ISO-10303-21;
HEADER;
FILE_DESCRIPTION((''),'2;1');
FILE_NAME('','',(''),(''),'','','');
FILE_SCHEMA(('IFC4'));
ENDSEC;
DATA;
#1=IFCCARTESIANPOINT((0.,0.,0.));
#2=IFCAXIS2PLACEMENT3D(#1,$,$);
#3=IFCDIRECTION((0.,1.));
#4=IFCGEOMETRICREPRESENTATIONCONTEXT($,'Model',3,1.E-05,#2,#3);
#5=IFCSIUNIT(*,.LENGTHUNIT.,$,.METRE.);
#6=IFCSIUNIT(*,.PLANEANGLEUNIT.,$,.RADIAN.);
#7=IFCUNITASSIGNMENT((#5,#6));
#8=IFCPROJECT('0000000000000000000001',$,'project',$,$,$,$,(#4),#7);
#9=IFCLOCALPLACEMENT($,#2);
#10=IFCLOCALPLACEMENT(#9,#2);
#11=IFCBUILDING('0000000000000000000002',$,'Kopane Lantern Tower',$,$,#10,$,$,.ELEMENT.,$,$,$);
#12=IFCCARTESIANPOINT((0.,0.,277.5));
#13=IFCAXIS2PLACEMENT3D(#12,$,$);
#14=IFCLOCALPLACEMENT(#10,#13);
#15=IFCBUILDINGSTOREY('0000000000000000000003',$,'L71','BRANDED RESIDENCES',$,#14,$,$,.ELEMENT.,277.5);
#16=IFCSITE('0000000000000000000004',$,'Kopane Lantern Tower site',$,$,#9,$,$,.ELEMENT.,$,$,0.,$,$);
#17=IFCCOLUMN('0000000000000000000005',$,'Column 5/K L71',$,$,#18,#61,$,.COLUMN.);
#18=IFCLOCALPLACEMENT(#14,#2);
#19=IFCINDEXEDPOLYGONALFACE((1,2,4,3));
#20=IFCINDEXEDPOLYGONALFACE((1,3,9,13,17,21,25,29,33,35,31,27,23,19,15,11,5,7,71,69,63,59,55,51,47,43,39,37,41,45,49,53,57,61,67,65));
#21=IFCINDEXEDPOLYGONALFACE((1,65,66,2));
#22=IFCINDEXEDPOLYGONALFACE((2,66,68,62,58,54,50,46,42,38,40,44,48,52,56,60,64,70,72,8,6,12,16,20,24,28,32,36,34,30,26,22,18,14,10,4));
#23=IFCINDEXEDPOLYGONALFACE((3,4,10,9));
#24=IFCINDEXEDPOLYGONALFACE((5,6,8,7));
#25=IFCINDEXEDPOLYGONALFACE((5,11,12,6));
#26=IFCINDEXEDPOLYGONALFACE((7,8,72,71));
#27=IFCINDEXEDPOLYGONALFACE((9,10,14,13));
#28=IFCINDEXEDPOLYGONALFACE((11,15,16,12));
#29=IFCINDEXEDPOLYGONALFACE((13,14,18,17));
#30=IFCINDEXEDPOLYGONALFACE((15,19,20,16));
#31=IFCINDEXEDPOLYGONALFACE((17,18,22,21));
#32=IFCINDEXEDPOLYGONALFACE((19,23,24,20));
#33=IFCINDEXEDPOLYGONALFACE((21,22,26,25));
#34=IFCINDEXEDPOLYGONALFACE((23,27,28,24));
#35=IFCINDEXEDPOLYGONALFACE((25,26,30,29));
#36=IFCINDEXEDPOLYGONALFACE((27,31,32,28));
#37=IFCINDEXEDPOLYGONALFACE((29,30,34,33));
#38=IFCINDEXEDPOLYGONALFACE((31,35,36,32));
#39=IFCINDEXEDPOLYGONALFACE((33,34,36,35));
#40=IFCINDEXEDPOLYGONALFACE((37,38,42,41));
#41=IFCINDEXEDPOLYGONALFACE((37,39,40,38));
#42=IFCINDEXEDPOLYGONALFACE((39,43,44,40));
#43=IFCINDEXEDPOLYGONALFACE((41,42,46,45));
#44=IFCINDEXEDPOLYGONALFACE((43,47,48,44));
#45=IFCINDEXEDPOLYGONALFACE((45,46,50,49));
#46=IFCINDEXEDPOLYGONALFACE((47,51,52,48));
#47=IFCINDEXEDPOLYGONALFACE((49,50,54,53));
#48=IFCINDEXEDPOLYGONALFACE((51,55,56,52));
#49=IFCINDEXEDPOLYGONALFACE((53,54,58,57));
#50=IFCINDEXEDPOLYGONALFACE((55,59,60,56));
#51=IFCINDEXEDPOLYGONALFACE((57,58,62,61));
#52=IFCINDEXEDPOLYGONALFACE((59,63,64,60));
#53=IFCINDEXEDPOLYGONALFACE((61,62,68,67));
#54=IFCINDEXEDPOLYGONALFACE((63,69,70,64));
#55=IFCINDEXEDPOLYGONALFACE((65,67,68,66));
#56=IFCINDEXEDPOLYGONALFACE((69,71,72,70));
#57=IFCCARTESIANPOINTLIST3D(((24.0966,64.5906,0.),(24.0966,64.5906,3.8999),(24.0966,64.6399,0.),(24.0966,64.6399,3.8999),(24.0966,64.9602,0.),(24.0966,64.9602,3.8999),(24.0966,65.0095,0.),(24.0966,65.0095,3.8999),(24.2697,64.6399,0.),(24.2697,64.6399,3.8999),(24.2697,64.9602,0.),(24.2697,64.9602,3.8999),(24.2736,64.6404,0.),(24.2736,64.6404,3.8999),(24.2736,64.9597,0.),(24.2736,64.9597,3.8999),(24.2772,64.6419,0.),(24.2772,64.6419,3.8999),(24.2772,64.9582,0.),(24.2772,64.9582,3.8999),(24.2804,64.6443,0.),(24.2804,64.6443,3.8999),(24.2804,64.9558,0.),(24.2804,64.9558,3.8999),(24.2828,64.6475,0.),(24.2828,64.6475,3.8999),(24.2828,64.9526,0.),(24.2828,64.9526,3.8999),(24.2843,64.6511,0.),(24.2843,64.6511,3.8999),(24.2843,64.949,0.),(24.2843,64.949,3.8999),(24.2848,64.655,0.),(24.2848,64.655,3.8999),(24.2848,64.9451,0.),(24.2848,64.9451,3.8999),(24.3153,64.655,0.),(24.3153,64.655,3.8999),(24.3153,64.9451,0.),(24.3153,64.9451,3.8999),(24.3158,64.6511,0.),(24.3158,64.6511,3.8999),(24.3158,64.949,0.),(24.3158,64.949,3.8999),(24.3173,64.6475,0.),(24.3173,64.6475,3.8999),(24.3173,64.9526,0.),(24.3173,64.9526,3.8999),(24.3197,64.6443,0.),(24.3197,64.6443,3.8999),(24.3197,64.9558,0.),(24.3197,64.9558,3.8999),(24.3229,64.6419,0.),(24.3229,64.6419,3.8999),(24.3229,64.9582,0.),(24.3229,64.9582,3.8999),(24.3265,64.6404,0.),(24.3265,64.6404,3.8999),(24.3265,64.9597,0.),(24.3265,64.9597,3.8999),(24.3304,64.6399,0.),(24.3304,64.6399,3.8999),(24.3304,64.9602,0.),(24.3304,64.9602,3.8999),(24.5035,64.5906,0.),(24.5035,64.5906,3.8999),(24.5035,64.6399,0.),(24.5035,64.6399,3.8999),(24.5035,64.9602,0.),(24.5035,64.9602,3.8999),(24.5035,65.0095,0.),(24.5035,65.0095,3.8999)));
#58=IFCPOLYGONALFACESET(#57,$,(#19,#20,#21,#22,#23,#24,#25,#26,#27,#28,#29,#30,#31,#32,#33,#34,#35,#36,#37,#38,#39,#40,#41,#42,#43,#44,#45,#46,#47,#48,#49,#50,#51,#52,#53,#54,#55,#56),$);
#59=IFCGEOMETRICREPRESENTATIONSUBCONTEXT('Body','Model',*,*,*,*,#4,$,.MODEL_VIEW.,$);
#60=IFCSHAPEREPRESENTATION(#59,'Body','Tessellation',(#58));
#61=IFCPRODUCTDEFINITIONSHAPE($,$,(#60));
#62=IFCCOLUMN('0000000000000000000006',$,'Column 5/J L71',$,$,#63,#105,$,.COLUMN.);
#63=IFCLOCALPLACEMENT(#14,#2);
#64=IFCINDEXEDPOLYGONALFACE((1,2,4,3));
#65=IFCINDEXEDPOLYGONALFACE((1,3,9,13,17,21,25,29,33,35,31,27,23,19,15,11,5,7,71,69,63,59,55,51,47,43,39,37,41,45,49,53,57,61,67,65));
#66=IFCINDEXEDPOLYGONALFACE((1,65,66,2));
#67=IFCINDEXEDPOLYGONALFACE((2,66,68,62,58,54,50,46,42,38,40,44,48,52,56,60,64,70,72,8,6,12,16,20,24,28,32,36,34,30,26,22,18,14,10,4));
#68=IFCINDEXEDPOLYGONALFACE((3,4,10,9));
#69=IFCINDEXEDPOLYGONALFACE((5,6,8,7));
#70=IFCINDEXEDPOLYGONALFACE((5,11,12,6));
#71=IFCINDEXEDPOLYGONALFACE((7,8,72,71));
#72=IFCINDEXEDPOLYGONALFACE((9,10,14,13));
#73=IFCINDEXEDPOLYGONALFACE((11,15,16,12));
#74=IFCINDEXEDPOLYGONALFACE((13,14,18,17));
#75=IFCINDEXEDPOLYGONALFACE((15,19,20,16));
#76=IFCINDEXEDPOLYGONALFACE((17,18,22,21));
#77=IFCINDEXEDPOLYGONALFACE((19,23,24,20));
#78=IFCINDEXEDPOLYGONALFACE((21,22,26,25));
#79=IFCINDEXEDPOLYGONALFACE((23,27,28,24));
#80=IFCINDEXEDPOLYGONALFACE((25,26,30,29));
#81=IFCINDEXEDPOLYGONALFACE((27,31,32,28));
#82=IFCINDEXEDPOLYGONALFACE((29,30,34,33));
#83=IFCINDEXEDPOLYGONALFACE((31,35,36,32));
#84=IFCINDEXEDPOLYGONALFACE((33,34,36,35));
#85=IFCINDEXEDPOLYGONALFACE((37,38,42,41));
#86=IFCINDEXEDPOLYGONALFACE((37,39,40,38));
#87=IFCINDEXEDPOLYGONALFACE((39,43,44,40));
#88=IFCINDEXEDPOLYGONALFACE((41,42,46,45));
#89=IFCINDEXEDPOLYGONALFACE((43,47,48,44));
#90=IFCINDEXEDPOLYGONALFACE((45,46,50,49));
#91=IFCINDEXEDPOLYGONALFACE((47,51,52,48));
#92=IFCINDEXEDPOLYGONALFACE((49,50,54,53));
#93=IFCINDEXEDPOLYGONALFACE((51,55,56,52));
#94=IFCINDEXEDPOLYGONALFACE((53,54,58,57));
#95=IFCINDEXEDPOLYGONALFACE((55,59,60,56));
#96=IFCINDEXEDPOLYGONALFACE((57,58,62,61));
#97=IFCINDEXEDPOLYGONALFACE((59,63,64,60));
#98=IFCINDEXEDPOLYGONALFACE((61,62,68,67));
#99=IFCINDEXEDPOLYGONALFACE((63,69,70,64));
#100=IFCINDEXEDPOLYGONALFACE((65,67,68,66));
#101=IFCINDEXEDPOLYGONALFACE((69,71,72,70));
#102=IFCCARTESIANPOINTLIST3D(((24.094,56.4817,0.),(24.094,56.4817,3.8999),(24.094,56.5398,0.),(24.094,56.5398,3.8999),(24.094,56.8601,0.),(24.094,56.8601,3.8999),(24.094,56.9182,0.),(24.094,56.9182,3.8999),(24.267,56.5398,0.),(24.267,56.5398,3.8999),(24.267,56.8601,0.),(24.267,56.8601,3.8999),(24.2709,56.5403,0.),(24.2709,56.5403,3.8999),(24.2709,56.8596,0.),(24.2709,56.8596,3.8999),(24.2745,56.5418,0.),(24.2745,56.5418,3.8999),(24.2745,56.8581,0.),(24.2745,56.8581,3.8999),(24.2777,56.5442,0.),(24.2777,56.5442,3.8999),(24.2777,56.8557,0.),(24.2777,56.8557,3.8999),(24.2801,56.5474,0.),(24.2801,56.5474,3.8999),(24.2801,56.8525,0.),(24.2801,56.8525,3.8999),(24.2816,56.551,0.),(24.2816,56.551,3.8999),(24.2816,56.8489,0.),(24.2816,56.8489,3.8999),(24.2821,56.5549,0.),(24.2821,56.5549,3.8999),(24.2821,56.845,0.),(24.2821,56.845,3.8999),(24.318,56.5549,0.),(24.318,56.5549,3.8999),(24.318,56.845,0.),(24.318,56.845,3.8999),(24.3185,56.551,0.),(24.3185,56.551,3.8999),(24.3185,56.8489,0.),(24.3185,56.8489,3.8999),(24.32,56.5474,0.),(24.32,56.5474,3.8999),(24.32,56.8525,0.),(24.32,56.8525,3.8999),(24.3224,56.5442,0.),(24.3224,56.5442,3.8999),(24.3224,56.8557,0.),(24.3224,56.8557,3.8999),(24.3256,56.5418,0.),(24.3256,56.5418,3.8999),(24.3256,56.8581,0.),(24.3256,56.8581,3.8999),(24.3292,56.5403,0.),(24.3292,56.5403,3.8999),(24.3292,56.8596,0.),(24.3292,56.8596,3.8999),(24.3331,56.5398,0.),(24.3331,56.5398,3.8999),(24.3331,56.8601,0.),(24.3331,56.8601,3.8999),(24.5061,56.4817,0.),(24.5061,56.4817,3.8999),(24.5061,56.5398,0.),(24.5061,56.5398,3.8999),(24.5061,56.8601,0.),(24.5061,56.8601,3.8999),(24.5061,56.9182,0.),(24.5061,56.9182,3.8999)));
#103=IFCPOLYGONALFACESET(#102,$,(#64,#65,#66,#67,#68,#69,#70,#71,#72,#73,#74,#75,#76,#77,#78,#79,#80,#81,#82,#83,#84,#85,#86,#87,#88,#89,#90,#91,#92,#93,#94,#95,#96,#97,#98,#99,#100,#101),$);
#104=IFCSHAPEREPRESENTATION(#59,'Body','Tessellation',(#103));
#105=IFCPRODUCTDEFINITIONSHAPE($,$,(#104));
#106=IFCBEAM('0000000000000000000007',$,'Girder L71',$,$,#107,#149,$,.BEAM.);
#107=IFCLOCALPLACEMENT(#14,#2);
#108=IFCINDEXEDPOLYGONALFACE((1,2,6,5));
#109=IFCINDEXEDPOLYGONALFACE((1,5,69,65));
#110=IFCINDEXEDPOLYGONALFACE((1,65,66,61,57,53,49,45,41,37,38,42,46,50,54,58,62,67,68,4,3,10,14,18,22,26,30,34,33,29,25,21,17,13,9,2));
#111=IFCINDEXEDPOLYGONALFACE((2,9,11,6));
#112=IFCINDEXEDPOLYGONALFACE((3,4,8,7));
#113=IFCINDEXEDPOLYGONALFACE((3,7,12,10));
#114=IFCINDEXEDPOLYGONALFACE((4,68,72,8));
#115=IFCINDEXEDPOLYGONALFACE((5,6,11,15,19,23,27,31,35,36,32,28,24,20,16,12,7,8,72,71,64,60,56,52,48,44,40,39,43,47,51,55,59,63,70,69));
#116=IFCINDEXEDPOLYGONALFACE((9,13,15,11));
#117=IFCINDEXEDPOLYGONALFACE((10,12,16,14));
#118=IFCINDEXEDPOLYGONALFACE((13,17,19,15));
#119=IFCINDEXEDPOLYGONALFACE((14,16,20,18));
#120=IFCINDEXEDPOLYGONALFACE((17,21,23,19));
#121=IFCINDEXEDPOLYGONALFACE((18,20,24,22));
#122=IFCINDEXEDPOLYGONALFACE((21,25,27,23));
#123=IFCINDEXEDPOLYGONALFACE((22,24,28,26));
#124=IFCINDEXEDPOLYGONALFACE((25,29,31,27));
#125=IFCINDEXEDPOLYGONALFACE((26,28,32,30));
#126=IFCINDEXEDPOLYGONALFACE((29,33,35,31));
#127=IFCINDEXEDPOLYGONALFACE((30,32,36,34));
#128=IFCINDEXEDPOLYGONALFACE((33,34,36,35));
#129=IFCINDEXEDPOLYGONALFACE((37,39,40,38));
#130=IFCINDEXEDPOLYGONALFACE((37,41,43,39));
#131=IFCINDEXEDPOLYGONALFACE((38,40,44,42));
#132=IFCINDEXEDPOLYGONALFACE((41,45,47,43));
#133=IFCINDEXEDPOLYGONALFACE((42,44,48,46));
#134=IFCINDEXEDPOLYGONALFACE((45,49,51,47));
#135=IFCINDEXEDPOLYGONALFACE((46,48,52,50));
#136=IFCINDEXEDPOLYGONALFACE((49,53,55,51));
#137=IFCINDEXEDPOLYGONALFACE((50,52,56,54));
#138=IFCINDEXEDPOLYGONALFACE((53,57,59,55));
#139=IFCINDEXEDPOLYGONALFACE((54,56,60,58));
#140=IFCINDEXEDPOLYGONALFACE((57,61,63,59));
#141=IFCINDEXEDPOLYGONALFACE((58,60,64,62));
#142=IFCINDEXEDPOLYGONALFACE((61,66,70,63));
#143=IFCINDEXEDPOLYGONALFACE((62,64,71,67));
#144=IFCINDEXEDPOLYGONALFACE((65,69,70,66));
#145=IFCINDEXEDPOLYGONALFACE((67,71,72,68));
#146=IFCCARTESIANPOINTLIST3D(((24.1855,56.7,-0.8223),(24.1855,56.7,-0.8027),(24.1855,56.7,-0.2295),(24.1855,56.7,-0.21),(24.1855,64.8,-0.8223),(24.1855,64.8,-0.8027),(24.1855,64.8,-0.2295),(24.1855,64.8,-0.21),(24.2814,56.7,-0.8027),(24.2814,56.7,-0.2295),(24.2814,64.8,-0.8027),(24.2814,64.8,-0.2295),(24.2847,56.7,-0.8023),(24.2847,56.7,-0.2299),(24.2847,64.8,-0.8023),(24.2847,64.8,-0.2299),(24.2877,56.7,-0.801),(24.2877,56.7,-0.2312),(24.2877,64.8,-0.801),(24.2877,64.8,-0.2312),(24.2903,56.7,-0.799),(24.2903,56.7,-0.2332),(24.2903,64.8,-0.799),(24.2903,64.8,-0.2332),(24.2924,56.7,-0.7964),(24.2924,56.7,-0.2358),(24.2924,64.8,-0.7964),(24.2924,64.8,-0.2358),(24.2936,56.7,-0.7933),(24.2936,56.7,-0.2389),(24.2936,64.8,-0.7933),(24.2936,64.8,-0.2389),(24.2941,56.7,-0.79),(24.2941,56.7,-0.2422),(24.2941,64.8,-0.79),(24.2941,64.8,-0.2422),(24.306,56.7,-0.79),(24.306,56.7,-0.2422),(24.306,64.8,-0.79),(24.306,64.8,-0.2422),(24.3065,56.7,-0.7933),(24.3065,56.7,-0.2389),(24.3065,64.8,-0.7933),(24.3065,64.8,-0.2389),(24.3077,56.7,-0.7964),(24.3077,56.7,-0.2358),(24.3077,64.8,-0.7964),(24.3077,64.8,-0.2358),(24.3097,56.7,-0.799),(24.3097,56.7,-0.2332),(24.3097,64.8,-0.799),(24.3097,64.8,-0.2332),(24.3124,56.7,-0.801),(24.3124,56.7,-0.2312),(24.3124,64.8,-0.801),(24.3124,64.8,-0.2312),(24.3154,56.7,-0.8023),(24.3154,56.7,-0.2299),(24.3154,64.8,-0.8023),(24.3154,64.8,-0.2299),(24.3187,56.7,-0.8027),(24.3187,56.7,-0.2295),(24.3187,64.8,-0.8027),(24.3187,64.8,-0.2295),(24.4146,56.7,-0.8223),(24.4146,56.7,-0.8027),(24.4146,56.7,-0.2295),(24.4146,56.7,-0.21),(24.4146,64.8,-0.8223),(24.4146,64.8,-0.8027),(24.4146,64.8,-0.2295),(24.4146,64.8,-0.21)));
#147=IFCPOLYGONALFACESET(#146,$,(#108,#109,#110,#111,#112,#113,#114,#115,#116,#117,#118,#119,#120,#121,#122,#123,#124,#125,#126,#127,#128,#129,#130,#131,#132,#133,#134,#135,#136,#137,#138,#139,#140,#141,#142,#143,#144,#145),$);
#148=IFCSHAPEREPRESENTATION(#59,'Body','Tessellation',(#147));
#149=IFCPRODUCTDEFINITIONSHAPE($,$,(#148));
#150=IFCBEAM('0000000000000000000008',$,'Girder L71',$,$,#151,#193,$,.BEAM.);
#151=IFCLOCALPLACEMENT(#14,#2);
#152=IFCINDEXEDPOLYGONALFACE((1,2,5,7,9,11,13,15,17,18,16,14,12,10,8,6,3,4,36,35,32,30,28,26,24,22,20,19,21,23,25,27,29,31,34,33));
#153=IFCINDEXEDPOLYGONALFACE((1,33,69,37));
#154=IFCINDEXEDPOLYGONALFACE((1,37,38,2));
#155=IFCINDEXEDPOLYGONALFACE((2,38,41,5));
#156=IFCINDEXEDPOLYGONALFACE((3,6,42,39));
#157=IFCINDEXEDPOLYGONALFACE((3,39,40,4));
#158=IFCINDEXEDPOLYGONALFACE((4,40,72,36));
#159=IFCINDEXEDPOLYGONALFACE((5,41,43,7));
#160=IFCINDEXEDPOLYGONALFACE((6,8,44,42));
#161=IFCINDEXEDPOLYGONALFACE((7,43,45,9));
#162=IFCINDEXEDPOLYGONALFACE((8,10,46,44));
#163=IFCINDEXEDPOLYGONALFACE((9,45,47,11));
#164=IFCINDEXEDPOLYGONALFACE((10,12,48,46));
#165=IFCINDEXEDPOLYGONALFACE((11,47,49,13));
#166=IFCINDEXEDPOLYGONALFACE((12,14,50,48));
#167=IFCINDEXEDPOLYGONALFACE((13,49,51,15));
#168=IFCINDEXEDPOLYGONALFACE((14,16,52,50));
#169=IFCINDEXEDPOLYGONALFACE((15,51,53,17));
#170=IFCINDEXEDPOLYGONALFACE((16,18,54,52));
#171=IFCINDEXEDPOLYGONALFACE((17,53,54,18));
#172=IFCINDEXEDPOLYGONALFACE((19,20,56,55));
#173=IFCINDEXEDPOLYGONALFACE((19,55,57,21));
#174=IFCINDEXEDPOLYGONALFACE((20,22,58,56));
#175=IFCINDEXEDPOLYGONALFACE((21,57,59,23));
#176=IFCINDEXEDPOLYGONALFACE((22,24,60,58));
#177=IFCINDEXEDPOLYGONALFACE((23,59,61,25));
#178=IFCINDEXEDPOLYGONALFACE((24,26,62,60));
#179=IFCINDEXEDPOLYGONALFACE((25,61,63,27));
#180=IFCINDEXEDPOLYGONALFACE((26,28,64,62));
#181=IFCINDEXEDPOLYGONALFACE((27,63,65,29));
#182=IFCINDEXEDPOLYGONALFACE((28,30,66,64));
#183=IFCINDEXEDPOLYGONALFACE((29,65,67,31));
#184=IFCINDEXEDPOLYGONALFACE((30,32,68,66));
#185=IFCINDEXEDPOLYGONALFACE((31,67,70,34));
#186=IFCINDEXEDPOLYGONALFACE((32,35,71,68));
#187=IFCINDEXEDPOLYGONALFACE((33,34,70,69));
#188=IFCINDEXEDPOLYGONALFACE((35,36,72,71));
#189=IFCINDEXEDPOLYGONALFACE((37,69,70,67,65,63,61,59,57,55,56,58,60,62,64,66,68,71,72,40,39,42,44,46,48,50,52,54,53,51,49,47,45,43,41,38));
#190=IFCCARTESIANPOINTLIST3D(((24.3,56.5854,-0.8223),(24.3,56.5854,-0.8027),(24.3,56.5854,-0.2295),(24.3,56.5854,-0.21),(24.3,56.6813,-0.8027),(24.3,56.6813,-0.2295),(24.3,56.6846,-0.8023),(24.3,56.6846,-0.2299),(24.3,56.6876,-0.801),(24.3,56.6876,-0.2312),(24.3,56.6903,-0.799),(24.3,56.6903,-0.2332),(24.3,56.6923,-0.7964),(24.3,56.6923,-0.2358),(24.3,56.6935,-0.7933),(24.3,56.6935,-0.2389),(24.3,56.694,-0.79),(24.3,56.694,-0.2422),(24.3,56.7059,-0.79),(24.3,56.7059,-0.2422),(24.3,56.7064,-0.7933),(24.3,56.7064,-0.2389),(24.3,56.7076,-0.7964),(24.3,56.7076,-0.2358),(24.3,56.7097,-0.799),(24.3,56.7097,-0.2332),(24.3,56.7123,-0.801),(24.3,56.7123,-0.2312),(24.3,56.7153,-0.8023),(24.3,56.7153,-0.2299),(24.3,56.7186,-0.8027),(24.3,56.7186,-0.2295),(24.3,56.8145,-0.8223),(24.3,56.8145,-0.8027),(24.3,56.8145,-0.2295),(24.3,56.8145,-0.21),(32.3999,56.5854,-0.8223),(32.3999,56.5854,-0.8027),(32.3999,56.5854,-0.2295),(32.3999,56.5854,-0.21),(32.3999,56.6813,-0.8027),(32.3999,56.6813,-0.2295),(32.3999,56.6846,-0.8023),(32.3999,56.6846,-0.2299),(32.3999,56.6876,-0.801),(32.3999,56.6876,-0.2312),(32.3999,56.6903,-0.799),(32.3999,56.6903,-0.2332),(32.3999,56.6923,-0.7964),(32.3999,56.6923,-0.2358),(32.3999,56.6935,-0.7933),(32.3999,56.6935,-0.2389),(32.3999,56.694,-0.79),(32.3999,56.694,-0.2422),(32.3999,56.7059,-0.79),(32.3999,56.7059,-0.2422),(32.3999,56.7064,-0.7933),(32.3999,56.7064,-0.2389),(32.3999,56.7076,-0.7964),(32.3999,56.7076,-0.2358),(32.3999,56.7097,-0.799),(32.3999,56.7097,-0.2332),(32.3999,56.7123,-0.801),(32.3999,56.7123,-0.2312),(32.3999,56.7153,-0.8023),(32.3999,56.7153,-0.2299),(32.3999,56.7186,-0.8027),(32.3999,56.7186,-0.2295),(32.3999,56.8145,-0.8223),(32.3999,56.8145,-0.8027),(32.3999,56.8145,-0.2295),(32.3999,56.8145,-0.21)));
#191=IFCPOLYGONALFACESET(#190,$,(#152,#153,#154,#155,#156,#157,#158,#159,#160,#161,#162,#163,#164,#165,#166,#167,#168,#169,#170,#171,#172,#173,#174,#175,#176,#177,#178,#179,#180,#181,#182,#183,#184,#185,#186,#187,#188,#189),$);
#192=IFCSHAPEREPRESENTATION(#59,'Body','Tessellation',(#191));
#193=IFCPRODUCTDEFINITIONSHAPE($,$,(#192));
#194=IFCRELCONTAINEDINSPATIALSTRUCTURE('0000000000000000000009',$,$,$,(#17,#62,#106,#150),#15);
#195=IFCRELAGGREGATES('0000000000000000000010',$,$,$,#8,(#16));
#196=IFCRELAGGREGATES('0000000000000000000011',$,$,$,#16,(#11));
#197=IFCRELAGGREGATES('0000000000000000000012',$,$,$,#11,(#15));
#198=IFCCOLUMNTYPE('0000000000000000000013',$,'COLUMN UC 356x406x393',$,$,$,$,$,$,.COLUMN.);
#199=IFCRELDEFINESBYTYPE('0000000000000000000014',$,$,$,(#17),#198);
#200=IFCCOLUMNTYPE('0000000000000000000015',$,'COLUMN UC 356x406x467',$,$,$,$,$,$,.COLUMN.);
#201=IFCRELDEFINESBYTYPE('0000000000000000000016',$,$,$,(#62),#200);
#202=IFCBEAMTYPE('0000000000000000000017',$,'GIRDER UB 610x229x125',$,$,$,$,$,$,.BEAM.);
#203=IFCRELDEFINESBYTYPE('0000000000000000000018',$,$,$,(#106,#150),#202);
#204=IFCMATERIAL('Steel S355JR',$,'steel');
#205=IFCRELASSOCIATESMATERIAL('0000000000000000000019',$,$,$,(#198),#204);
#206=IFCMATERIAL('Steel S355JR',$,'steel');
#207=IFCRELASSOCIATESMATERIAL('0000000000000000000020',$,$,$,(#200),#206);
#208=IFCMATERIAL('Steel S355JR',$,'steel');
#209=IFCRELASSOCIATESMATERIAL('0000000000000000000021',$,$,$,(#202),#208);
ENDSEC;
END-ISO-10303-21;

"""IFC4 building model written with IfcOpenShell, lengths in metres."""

from ifc_helpers import new_model, si_unit, direction, frame, origin, origin_2d, place, context, subcontext, project, spatial, i_section, extrude, material, material_profile, profile_set, type_object, element, save


model = new_model("IFC4")

# Units and contexts
model_context = context("Model", 3, precision=1e-05, world=origin(), true_north=direction((0.0, 1.0)))
body_context = subcontext(model_context, "Body", "Model", "MODEL_VIEW")
ifc_project = project(units=[si_unit("LENGTHUNIT", "METRE"), si_unit("PLANEANGLEUNIT", "RADIAN")], contexts=[model_context])

# Site, building, storey
site_placement = place(None, origin())
site = spatial("IfcSite", under=ifc_project, at=site_placement, Name="Kopane Lantern Tower site", CompositionType="ELEMENT", RefElevation=0.0)
building_placement = place(site_placement, origin())
building = spatial("IfcBuilding", under=site, at=building_placement, Name="Kopane Lantern Tower", CompositionType="ELEMENT")
storey_placement = place(building_placement, frame((0.0, 0.0, 277.5)))
storey = spatial("IfcBuildingStorey", under=building, at=storey_placement, Name="L71", Description="BRANDED RESIDENCES", CompositionType="ELEMENT", Elevation=277.5)

# Columns
ifc_material_1 = material(Name="Steel S355JR", Category="steel")
ifc_material_profile_1 = material_profile(ifc_material_1, i_section(OverallWidth=0.407, OverallDepth=0.4189, WebThickness=0.0305, FlangeThickness=0.0493, FilletRadius=0.0151, at=origin_2d()), Name="UC 356x406x393")
ifc_profile_set_1 = profile_set([ifc_material_profile_1], Name="Steel S355JR")
column_type_1 = type_object("IfcColumnType", Name="COLUMN UC 356x406x393", PredefinedType="COLUMN", material=ifc_profile_set_1)
column_1_placement = place(storey_placement, frame((24.3, 64.8, 0.0), z_axis=(0.0, 0.0, 1.0), x_axis=(1.0, 0.0, 0.0)))
element("IfcColumn", 1, at=column_1_placement, inside=storey, type_object=column_type_1, Name="Column 5/K L71", PredefinedType="COLUMN", context=body_context, shape_type="SweptSolid", body=[
    extrude(i_section(OverallWidth=0.407, OverallDepth=0.4189, WebThickness=0.0305, FlangeThickness=0.0493, FilletRadius=0.0151, at=origin_2d()), origin(), (0.0, 0.0, 1.0), 3.8999),
])
ifc_material_2 = material(Name="Steel S355JR", Category="steel")
ifc_material_profile_2 = material_profile(ifc_material_2, i_section(OverallWidth=0.4121, OverallDepth=0.4365, WebThickness=0.0359, FlangeThickness=0.0581, FilletRadius=0.0151, at=origin_2d()), Name="UC 356x406x467")
ifc_profile_set_2 = profile_set([ifc_material_profile_2], Name="Steel S355JR")
column_type_2 = type_object("IfcColumnType", Name="COLUMN UC 356x406x467", PredefinedType="COLUMN", material=ifc_profile_set_2)
column_2_placement = place(storey_placement, frame((24.3, 56.7, 0.0), z_axis=(0.0, 0.0, 1.0), x_axis=(1.0, 0.0, 0.0)))
element("IfcColumn", 2, at=column_2_placement, inside=storey, type_object=column_type_2, Name="Column 5/J L71", PredefinedType="COLUMN", context=body_context, shape_type="SweptSolid", body=[
    extrude(i_section(OverallWidth=0.4121, OverallDepth=0.4365, WebThickness=0.0359, FlangeThickness=0.0581, FilletRadius=0.0151, at=origin_2d()), origin(), (0.0, 0.0, 1.0), 3.8999),
])

# Beams
ifc_material_3 = material(Name="Steel S355JR", Category="steel")
ifc_material_profile_3 = material_profile(ifc_material_3, i_section(OverallWidth=0.229, OverallDepth=0.6123, WebThickness=0.012, FlangeThickness=0.0195, FilletRadius=0.0127, at=origin_2d()), Name="UB 610x229x125")
ifc_profile_set_3 = profile_set([ifc_material_profile_3], Name="Steel S355JR")
beam_type = type_object("IfcBeamType", Name="GIRDER UB 610x229x125", PredefinedType="BEAM", material=ifc_profile_set_3)
beam_placement = place(storey_placement, frame((24.3, 56.7, -0.5161), z_axis=(0.0, 1.0, 0.0), x_axis=(-1.0, 0.0, 0.0)))
element("IfcBeam", 3, at=beam_placement, inside=storey, type_object=beam_type, Name="Girder L71", PredefinedType="BEAM", context=body_context, shape_type="SweptSolid", body=[
    extrude(i_section(OverallWidth=0.229, OverallDepth=0.6123, WebThickness=0.012, FlangeThickness=0.0195, FilletRadius=0.0127, at=origin_2d()), origin(), (0.0, 0.0, 1.0), 8.1001),
])
for number, where, z_axis, x_axis, name in (
    (4, (24.3, 56.7, -0.5161), (1.0, 0.0, 0.0), (0.0, 1.0, 0.0), "Girder L71"),
):
    element("IfcBeam", number, at=place(storey_placement, frame(where, z_axis=z_axis, x_axis=x_axis)), inside=storey, type_object=beam_type, Name=name, PredefinedType="BEAM", context=body_context, shape_type="SweptSolid", body=[
        extrude(i_section(OverallWidth=0.229, OverallDepth=0.6123, WebThickness=0.012, FlangeThickness=0.0195, FilletRadius=0.0127, at=origin_2d()), origin(), (0.0, 0.0, 1.0), 8.0999),
    ])

save(model, "model.ifc")
